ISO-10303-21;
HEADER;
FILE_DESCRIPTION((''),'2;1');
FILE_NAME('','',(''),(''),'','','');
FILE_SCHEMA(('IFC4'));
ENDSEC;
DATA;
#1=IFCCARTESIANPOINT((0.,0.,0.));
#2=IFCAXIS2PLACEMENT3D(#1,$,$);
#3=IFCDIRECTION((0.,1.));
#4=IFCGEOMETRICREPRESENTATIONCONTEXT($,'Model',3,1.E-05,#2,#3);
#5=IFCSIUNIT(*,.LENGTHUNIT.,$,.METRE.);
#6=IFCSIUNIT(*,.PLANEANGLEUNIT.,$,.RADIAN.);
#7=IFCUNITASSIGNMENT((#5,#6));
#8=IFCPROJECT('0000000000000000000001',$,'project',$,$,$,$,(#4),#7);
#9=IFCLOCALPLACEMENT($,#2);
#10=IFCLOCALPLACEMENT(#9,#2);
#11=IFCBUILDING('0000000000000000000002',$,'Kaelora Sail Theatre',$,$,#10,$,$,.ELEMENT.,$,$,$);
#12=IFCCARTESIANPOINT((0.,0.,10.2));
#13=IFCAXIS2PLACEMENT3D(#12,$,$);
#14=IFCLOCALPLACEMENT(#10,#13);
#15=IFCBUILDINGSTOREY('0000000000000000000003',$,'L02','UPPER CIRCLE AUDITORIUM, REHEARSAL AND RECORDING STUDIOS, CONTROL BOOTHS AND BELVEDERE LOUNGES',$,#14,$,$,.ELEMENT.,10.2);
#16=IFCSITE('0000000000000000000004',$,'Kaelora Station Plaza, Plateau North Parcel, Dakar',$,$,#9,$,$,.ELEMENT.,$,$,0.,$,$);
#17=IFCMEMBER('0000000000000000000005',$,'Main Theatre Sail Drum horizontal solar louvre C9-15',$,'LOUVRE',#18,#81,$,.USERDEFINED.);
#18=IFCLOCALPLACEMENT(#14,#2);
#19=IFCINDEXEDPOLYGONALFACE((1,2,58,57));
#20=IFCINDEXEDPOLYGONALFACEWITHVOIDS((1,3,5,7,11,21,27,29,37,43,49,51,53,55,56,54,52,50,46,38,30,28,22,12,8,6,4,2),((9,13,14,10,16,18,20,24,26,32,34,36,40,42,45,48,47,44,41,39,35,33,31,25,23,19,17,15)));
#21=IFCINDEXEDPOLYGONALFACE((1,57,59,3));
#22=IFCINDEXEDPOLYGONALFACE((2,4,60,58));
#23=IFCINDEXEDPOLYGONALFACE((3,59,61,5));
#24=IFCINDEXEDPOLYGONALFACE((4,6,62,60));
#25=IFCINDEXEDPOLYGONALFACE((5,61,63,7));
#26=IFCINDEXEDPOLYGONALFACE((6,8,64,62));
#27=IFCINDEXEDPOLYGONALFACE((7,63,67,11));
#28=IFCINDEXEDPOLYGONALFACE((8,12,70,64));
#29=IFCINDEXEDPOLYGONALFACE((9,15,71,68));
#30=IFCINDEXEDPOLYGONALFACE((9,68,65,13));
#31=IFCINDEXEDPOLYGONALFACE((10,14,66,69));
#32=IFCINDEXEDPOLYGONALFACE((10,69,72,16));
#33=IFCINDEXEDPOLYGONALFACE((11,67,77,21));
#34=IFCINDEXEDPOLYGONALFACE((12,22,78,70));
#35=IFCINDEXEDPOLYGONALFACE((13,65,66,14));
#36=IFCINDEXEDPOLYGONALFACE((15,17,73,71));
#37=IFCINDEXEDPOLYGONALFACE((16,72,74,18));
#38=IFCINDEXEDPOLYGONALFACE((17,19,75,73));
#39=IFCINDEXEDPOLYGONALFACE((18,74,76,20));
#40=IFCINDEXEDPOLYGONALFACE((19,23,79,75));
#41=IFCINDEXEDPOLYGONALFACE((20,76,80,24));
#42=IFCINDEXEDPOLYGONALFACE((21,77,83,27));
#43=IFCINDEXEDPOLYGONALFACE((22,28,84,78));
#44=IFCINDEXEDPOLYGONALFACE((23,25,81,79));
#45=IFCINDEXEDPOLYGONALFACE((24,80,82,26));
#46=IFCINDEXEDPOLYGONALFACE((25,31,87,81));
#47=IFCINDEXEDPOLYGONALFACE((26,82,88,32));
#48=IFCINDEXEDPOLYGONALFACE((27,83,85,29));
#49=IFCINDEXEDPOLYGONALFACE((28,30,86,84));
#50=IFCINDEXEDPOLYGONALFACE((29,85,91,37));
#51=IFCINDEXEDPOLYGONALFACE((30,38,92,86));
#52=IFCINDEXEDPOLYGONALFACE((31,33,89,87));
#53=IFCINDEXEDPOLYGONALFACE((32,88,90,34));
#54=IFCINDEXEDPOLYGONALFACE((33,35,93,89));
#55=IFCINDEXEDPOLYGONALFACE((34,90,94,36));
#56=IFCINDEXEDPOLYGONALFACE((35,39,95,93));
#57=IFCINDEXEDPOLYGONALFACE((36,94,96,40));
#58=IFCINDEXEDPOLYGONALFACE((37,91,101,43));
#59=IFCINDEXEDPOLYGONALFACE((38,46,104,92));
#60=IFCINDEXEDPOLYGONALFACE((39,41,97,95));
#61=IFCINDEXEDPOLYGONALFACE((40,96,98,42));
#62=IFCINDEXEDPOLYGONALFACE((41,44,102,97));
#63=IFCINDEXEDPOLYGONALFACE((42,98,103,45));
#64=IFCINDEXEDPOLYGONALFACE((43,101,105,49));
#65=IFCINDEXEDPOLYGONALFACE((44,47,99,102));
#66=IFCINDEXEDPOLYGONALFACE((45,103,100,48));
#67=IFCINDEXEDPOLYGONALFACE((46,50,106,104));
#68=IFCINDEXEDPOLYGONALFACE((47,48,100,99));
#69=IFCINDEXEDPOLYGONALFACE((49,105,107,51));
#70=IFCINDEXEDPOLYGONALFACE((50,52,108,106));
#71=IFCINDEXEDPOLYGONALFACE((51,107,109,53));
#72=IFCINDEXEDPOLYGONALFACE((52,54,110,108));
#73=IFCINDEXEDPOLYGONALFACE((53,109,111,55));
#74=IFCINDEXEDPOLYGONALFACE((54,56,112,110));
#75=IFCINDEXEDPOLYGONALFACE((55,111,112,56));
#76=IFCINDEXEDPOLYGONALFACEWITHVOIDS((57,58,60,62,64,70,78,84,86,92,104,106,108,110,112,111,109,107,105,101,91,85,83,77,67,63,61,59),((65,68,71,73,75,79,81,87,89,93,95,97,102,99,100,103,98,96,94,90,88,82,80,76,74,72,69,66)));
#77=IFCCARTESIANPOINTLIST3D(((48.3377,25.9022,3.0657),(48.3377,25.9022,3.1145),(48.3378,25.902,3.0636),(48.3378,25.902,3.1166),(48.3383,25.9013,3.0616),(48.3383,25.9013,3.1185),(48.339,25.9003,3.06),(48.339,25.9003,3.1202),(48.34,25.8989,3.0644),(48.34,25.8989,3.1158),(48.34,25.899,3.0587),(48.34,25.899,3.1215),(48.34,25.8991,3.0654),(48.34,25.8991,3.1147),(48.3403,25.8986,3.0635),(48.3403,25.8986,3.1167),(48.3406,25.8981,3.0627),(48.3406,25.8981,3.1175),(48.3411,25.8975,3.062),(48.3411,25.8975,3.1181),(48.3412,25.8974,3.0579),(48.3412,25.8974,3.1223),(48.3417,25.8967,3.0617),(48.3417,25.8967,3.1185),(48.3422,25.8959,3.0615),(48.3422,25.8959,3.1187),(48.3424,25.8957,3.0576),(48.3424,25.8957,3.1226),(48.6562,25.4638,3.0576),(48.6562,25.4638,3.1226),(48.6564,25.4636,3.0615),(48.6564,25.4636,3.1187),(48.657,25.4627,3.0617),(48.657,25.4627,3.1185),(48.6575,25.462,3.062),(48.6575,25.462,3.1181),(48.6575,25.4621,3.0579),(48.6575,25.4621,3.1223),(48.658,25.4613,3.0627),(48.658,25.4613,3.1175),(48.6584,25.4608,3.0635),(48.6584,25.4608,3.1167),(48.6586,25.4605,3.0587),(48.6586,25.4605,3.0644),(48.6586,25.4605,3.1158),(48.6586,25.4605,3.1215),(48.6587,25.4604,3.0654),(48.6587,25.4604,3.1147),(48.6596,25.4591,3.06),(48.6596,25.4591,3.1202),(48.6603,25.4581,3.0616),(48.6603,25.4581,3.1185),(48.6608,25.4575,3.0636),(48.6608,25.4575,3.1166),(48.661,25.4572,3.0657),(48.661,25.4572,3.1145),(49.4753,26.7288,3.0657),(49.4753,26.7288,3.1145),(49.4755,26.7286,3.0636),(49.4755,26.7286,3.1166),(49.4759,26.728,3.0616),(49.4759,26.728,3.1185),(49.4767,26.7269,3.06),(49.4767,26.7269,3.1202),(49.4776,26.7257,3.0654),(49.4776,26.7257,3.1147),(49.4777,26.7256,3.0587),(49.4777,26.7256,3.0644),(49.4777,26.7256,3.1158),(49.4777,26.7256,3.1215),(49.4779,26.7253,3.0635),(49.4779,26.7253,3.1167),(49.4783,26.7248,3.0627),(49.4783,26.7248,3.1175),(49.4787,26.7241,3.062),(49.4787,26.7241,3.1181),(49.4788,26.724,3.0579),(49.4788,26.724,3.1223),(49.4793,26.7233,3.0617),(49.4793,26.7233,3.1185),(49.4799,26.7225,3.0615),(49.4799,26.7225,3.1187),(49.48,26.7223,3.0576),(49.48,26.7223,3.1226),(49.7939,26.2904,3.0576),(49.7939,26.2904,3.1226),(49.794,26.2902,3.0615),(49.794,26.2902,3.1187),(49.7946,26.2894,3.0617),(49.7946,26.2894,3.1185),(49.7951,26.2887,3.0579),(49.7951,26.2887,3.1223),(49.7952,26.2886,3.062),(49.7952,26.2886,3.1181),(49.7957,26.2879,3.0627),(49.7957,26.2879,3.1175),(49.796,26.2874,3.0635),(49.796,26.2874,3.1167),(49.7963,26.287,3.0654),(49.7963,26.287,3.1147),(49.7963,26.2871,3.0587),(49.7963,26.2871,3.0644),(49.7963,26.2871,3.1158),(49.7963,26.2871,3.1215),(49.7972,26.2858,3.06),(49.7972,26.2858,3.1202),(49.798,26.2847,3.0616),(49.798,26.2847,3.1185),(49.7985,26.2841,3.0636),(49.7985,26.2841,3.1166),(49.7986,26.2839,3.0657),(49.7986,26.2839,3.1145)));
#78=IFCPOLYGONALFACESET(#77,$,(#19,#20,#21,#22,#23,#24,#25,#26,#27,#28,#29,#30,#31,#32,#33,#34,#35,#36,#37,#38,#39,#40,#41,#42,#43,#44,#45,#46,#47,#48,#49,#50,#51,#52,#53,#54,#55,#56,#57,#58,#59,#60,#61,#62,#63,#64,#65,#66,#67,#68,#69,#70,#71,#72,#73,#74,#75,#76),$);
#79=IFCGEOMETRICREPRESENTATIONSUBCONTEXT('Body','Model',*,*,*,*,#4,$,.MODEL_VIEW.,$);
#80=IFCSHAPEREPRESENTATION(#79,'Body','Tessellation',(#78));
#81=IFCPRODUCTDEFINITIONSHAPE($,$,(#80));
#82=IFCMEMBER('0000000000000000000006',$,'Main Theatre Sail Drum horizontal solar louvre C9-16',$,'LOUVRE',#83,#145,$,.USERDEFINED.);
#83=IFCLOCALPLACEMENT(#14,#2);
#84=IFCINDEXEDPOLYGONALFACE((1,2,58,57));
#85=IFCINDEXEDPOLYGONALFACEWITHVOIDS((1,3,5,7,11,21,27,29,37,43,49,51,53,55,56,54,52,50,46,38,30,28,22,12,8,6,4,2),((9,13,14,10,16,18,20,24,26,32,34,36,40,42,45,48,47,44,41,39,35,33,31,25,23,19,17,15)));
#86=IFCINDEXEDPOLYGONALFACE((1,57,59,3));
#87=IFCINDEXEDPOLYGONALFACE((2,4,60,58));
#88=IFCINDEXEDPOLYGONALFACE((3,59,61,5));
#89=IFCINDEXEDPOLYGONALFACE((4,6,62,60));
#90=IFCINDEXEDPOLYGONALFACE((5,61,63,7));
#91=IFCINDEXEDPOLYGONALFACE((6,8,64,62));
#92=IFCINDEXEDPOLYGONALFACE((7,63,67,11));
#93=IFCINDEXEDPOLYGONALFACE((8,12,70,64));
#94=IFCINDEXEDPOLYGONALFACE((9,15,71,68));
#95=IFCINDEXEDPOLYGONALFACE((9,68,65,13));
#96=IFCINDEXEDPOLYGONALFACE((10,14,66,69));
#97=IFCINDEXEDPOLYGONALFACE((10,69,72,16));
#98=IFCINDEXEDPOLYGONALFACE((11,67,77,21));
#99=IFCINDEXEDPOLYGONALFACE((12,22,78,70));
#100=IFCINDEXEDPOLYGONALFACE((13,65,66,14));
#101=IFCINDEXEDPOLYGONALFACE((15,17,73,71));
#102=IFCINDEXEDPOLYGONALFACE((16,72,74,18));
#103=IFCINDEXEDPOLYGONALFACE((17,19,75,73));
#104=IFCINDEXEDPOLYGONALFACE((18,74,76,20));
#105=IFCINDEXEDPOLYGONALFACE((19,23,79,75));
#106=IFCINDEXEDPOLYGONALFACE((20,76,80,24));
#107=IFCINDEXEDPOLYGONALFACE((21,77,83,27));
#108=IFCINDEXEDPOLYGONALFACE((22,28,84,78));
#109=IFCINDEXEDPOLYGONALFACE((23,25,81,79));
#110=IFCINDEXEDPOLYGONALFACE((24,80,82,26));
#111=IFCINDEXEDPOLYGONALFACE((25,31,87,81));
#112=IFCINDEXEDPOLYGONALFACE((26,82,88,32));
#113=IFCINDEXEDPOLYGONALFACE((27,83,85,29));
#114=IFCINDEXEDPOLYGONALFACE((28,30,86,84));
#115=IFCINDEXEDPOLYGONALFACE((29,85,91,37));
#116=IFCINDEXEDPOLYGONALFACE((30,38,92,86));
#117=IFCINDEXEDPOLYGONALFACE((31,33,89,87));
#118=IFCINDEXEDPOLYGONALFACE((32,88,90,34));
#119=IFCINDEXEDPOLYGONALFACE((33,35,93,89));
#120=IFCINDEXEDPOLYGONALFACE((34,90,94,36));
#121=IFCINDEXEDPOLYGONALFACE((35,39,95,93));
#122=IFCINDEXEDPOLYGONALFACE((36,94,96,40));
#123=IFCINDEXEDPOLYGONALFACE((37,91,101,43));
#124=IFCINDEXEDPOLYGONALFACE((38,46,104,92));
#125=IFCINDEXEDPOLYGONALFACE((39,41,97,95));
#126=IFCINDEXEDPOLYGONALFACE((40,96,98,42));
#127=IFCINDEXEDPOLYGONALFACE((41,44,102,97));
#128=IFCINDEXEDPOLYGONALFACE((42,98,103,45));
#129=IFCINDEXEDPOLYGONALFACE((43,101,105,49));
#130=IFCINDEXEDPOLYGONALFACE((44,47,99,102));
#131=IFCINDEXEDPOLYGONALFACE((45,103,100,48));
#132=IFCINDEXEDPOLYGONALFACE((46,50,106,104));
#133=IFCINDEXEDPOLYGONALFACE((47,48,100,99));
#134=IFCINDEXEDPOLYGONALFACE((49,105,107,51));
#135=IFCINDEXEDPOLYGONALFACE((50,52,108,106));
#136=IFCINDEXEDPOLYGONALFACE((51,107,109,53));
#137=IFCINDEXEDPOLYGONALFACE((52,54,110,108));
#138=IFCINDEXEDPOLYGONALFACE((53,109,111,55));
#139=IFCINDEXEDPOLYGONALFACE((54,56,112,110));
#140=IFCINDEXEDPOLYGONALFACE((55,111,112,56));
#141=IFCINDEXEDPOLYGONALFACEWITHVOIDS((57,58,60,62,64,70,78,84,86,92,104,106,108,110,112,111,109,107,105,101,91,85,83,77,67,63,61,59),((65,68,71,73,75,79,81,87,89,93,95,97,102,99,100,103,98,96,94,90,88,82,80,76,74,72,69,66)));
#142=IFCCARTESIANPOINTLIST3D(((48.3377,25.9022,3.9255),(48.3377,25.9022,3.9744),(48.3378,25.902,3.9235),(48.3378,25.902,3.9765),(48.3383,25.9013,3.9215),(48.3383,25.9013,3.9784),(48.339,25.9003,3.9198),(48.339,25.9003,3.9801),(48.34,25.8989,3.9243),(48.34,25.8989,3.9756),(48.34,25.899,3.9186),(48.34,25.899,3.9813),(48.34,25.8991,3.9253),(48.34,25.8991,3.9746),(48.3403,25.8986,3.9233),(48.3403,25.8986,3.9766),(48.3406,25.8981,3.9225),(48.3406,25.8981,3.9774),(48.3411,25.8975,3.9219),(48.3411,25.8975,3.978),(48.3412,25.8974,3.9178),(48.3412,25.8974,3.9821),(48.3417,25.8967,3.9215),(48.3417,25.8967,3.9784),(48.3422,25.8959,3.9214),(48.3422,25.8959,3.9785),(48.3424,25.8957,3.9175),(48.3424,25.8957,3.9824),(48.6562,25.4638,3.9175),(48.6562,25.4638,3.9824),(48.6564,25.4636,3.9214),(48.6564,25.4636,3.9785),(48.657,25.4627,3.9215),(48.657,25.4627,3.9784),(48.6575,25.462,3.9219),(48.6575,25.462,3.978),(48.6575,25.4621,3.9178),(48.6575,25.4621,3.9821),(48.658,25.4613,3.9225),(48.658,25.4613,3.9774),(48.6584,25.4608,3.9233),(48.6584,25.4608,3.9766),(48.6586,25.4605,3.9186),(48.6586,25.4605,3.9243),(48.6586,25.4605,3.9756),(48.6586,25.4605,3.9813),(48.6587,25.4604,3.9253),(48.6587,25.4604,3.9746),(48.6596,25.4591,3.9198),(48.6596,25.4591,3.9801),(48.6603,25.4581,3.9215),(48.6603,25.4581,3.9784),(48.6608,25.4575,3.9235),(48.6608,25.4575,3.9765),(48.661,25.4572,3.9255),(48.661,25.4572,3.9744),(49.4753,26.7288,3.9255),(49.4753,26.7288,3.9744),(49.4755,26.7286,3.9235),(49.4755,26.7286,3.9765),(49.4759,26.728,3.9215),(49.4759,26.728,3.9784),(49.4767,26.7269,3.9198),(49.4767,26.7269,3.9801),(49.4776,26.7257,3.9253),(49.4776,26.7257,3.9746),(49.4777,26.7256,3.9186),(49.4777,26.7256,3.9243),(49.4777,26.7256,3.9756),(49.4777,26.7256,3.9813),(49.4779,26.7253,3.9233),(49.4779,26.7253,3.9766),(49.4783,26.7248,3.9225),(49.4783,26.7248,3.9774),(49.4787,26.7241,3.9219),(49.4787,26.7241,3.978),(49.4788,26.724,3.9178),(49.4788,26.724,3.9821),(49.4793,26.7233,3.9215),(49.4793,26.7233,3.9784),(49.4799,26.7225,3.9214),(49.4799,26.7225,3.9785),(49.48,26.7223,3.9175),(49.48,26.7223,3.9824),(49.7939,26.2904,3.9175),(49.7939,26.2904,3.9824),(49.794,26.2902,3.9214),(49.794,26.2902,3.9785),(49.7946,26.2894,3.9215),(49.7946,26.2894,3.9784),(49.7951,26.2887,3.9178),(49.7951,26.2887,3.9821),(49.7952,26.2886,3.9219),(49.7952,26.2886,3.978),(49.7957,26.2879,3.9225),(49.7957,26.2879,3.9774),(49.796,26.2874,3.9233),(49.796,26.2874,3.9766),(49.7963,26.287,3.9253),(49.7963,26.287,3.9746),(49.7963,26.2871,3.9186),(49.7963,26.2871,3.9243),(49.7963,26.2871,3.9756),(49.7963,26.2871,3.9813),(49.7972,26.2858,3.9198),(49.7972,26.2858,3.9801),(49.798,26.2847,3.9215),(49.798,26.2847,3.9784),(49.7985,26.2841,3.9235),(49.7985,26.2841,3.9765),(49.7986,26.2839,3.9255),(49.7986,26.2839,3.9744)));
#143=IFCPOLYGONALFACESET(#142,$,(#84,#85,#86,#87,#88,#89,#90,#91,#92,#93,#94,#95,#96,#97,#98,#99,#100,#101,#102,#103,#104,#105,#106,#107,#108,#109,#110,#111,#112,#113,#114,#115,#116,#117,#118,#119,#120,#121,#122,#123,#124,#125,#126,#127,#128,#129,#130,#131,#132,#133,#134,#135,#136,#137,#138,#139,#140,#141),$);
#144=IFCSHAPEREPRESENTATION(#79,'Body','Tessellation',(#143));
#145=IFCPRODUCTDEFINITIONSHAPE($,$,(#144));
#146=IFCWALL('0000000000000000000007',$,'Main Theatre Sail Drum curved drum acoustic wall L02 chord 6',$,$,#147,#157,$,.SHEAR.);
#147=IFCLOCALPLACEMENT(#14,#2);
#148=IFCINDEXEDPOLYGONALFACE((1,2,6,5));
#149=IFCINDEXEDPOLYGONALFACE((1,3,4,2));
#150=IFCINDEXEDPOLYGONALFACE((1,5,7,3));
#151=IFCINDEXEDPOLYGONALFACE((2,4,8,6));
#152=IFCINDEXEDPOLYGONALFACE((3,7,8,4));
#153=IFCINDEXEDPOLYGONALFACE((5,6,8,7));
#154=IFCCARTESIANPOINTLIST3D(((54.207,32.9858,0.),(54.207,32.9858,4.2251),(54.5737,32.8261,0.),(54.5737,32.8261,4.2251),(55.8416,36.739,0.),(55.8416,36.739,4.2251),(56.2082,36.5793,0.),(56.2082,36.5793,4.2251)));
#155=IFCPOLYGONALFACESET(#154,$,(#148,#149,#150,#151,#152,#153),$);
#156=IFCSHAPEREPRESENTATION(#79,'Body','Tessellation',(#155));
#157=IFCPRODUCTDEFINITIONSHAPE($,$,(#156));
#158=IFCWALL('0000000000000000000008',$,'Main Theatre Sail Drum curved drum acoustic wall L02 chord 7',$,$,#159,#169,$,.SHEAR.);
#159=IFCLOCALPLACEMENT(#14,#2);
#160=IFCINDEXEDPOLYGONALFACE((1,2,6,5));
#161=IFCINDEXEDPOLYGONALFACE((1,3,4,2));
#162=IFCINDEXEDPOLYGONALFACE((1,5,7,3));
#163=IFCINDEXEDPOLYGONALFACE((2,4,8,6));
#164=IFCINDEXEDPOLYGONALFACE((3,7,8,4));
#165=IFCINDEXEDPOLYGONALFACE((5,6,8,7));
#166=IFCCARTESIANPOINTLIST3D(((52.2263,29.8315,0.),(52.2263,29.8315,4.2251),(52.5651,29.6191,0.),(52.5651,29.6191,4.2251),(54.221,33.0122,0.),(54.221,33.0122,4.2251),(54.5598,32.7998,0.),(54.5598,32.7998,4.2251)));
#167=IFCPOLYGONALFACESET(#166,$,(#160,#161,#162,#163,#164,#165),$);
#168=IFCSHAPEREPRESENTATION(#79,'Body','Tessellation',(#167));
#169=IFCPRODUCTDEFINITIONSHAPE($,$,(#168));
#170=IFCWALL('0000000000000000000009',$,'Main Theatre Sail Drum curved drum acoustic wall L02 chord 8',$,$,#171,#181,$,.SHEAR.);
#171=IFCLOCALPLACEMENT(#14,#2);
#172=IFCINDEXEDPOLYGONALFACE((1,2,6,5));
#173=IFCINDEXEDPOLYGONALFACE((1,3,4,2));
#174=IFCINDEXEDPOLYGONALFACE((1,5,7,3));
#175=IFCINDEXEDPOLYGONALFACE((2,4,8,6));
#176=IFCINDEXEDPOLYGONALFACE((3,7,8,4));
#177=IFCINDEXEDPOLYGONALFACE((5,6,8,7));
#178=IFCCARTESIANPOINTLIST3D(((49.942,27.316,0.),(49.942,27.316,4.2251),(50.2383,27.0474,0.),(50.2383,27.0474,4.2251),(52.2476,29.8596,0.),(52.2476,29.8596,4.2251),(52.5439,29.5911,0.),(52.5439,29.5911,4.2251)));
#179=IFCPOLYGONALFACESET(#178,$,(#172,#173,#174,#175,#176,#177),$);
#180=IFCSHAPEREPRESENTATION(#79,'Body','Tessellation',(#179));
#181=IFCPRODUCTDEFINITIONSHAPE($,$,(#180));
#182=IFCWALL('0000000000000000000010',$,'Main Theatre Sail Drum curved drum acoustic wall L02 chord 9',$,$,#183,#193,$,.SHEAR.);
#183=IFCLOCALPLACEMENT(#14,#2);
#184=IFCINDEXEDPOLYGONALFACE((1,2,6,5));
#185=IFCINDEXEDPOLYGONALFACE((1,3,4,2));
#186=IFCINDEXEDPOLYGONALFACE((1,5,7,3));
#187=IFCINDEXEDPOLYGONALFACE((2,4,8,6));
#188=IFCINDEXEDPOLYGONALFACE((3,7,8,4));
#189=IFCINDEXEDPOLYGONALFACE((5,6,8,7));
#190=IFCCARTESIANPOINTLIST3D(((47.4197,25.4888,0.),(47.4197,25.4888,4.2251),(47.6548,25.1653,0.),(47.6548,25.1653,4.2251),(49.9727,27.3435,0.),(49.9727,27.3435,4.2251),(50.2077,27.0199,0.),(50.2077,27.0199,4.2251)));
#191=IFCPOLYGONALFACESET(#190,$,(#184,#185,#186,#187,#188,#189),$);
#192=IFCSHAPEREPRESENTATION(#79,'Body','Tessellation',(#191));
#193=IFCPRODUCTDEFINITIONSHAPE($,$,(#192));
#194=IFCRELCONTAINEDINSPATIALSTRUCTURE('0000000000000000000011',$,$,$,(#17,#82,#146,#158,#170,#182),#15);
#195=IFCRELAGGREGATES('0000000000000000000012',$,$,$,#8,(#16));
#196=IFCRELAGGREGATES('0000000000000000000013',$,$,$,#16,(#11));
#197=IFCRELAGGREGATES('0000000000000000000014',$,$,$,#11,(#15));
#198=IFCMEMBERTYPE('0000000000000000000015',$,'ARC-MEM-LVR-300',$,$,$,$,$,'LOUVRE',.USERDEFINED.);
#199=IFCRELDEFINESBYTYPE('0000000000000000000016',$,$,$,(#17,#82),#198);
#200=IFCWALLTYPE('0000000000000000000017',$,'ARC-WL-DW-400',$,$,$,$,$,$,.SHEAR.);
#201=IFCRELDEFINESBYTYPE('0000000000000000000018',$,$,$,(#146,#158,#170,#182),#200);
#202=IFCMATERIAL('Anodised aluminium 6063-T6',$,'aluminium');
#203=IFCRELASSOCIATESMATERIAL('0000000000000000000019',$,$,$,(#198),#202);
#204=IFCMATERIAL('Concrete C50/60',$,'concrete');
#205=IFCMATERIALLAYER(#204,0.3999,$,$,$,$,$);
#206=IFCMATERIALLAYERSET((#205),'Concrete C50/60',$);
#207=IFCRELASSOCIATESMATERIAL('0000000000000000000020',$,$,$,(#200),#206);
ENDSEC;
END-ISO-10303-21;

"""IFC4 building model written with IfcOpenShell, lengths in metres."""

from ifc_helpers import new_model, si_unit, direction, frame, frame_2d, origin, origin_2d, place, context, subcontext, project, spatial, rectangle, hollow_rectangle, extrude, material, layer, layer_set, material_profile, profile_set, type_object, element, save


model = new_model("IFC4")

# Units and contexts
model_context = context("Model", 3, precision=1e-05, world=origin(), true_north=direction((0.0, 1.0)))
body_context = subcontext(model_context, "Body", "Model", "MODEL_VIEW")
ifc_project = project(units=[si_unit("LENGTHUNIT", "METRE"), si_unit("PLANEANGLEUNIT", "RADIAN")], contexts=[model_context])

# Site, building, storey
site_placement = place(None, origin())
site = spatial("IfcSite", under=ifc_project, at=site_placement, Name="Kaelora Station Plaza, Plateau North Parcel, Dakar", CompositionType="ELEMENT", RefElevation=0.0)
building_placement = place(site_placement, origin())
building = spatial("IfcBuilding", under=site, at=building_placement, Name="Kaelora Sail Theatre", CompositionType="ELEMENT")
storey_placement = place(building_placement, frame((0.0, 0.0, 10.2)))
storey = spatial("IfcBuildingStorey", under=building, at=storey_placement, Name="L02", Description="UPPER CIRCLE AUDITORIUM, REHEARSAL AND RECORDING STUDIOS, CONTROL BOOTHS AND BELVEDERE LOUNGES", CompositionType="ELEMENT", Elevation=10.2)

# Members
ifc_material_1 = material(Name="Anodised aluminium 6063-T6", Category="aluminium")
ifc_material_profile_1 = material_profile(ifc_material_1, hollow_rectangle(XDim=0.55, YDim=0.0649, WallThickness=0.0039, InnerFilletRadius=0.0039, OuterFilletRadius=0.0081, at=origin_2d()), Name="LOUVRE 550x65x4")
ifc_profile_set_1 = profile_set([ifc_material_profile_1], Name="Anodised aluminium 6063-T6")
member_type = type_object("IfcMemberType", Name="ARC-MEM-LVR-300", ElementType="LOUVRE", PredefinedType="USERDEFINED", material=ifc_profile_set_1)
for number, where, z_axis, x_axis, name in (
    (1, (49.637, 26.5063, 3.0901), (-0.808991, -0.587821, 0.0), (0.587821, -0.808991, 0.0), "Main Theatre Sail Drum horizontal solar louvre C9-15"),
    (2, (49.637, 26.5063, 3.95), (-0.808991, -0.587821, 0.0), (0.587821, -0.808991, 0.0), "Main Theatre Sail Drum horizontal solar louvre C9-16"),
):
    element("IfcMember", number, at=place(storey_placement, frame(where, z_axis=z_axis, x_axis=x_axis)), inside=storey, type_object=member_type, Name=name, ObjectType="LOUVRE", PredefinedType="USERDEFINED", context=body_context, shape_type="SweptSolid", body=[
        extrude(hollow_rectangle(XDim=0.55, YDim=0.0649, WallThickness=0.0039, InnerFilletRadius=0.0039, OuterFilletRadius=0.0081, at=origin_2d()), origin(), (0.0, 0.0, 1.0), 1.4062),
    ])

# Walls
ifc_material_2 = material(Name="Concrete C50/60", Category="concrete")
ifc_layer_1 = layer(ifc_material_2, 0.3999)
ifc_layer_set_1 = layer_set([ifc_layer_1], Name="Concrete C50/60")
wall_type_1 = type_object("IfcWallType", Name="ARC-WL-DW-400", PredefinedType="SHEAR", material=ifc_layer_set_1)
wall_1_placement = place(storey_placement, frame((56.0249, 36.6592, 0.0), z_axis=(0.0, 0.0, 1.0), x_axis=(-0.399282, -0.916828, 0.0)))
element("IfcWall", 3, at=wall_1_placement, inside=storey, type_object=wall_type_1, Name="Main Theatre Sail Drum curved drum acoustic wall L02 chord 6", PredefinedType="SHEAR", context=body_context, shape_type="SweptSolid", body=[
    extrude(rectangle(XDim=4.0938, YDim=0.3999, at=frame_2d((2.0469, 0.0))), origin(), (0.0, 0.0, 1.0), 4.2251),
])
wall_2_placement = place(storey_placement, frame((54.3904, 32.906, 0.0), z_axis=(0.0, 0.0, 1.0), x_axis=(-0.531284, -0.847194, 0.0)))
element("IfcWall", 4, at=wall_2_placement, inside=storey, type_object=wall_type_1, Name="Main Theatre Sail Drum curved drum acoustic wall L02 chord 7", PredefinedType="SHEAR", context=body_context, shape_type="SweptSolid", body=[
    extrude(rectangle(XDim=3.7544, YDim=0.3999, at=frame_2d((1.8772, 0.0))), origin(), (0.0, 0.0, 1.0), 4.2251),
])
wall_3_placement = place(storey_placement, frame((52.3958, 29.7253, 0.0), z_axis=(0.0, 0.0, 1.0), x_axis=(-0.671589, -0.740924, 0.0)))
element("IfcWall", 5, at=wall_3_placement, inside=storey, type_object=wall_type_1, Name="Main Theatre Sail Drum curved drum acoustic wall L02 chord 8", PredefinedType="SHEAR", context=body_context, shape_type="SweptSolid", body=[
    extrude(rectangle(XDim=3.4331, YDim=0.3999, at=frame_2d((1.7166, 0.0))), origin(), (0.0, 0.0, 1.0), 4.2251),
])
wall_4_placement = place(storey_placement, frame((50.0901, 27.1816, 0.0), z_axis=(0.0, 0.0, 1.0), x_axis=(-0.809034, -0.587762, 0.0)))
element("IfcWall", 6, at=wall_4_placement, inside=storey, type_object=wall_type_1, Name="Main Theatre Sail Drum curved drum acoustic wall L02 chord 9", PredefinedType="SHEAR", context=body_context, shape_type="SweptSolid", body=[
    extrude(rectangle(XDim=3.1555, YDim=0.3999, at=frame_2d((1.5776, 0.0))), origin(), (0.0, 0.0, 1.0), 4.2251),
])

save(model, "model.ifc")
